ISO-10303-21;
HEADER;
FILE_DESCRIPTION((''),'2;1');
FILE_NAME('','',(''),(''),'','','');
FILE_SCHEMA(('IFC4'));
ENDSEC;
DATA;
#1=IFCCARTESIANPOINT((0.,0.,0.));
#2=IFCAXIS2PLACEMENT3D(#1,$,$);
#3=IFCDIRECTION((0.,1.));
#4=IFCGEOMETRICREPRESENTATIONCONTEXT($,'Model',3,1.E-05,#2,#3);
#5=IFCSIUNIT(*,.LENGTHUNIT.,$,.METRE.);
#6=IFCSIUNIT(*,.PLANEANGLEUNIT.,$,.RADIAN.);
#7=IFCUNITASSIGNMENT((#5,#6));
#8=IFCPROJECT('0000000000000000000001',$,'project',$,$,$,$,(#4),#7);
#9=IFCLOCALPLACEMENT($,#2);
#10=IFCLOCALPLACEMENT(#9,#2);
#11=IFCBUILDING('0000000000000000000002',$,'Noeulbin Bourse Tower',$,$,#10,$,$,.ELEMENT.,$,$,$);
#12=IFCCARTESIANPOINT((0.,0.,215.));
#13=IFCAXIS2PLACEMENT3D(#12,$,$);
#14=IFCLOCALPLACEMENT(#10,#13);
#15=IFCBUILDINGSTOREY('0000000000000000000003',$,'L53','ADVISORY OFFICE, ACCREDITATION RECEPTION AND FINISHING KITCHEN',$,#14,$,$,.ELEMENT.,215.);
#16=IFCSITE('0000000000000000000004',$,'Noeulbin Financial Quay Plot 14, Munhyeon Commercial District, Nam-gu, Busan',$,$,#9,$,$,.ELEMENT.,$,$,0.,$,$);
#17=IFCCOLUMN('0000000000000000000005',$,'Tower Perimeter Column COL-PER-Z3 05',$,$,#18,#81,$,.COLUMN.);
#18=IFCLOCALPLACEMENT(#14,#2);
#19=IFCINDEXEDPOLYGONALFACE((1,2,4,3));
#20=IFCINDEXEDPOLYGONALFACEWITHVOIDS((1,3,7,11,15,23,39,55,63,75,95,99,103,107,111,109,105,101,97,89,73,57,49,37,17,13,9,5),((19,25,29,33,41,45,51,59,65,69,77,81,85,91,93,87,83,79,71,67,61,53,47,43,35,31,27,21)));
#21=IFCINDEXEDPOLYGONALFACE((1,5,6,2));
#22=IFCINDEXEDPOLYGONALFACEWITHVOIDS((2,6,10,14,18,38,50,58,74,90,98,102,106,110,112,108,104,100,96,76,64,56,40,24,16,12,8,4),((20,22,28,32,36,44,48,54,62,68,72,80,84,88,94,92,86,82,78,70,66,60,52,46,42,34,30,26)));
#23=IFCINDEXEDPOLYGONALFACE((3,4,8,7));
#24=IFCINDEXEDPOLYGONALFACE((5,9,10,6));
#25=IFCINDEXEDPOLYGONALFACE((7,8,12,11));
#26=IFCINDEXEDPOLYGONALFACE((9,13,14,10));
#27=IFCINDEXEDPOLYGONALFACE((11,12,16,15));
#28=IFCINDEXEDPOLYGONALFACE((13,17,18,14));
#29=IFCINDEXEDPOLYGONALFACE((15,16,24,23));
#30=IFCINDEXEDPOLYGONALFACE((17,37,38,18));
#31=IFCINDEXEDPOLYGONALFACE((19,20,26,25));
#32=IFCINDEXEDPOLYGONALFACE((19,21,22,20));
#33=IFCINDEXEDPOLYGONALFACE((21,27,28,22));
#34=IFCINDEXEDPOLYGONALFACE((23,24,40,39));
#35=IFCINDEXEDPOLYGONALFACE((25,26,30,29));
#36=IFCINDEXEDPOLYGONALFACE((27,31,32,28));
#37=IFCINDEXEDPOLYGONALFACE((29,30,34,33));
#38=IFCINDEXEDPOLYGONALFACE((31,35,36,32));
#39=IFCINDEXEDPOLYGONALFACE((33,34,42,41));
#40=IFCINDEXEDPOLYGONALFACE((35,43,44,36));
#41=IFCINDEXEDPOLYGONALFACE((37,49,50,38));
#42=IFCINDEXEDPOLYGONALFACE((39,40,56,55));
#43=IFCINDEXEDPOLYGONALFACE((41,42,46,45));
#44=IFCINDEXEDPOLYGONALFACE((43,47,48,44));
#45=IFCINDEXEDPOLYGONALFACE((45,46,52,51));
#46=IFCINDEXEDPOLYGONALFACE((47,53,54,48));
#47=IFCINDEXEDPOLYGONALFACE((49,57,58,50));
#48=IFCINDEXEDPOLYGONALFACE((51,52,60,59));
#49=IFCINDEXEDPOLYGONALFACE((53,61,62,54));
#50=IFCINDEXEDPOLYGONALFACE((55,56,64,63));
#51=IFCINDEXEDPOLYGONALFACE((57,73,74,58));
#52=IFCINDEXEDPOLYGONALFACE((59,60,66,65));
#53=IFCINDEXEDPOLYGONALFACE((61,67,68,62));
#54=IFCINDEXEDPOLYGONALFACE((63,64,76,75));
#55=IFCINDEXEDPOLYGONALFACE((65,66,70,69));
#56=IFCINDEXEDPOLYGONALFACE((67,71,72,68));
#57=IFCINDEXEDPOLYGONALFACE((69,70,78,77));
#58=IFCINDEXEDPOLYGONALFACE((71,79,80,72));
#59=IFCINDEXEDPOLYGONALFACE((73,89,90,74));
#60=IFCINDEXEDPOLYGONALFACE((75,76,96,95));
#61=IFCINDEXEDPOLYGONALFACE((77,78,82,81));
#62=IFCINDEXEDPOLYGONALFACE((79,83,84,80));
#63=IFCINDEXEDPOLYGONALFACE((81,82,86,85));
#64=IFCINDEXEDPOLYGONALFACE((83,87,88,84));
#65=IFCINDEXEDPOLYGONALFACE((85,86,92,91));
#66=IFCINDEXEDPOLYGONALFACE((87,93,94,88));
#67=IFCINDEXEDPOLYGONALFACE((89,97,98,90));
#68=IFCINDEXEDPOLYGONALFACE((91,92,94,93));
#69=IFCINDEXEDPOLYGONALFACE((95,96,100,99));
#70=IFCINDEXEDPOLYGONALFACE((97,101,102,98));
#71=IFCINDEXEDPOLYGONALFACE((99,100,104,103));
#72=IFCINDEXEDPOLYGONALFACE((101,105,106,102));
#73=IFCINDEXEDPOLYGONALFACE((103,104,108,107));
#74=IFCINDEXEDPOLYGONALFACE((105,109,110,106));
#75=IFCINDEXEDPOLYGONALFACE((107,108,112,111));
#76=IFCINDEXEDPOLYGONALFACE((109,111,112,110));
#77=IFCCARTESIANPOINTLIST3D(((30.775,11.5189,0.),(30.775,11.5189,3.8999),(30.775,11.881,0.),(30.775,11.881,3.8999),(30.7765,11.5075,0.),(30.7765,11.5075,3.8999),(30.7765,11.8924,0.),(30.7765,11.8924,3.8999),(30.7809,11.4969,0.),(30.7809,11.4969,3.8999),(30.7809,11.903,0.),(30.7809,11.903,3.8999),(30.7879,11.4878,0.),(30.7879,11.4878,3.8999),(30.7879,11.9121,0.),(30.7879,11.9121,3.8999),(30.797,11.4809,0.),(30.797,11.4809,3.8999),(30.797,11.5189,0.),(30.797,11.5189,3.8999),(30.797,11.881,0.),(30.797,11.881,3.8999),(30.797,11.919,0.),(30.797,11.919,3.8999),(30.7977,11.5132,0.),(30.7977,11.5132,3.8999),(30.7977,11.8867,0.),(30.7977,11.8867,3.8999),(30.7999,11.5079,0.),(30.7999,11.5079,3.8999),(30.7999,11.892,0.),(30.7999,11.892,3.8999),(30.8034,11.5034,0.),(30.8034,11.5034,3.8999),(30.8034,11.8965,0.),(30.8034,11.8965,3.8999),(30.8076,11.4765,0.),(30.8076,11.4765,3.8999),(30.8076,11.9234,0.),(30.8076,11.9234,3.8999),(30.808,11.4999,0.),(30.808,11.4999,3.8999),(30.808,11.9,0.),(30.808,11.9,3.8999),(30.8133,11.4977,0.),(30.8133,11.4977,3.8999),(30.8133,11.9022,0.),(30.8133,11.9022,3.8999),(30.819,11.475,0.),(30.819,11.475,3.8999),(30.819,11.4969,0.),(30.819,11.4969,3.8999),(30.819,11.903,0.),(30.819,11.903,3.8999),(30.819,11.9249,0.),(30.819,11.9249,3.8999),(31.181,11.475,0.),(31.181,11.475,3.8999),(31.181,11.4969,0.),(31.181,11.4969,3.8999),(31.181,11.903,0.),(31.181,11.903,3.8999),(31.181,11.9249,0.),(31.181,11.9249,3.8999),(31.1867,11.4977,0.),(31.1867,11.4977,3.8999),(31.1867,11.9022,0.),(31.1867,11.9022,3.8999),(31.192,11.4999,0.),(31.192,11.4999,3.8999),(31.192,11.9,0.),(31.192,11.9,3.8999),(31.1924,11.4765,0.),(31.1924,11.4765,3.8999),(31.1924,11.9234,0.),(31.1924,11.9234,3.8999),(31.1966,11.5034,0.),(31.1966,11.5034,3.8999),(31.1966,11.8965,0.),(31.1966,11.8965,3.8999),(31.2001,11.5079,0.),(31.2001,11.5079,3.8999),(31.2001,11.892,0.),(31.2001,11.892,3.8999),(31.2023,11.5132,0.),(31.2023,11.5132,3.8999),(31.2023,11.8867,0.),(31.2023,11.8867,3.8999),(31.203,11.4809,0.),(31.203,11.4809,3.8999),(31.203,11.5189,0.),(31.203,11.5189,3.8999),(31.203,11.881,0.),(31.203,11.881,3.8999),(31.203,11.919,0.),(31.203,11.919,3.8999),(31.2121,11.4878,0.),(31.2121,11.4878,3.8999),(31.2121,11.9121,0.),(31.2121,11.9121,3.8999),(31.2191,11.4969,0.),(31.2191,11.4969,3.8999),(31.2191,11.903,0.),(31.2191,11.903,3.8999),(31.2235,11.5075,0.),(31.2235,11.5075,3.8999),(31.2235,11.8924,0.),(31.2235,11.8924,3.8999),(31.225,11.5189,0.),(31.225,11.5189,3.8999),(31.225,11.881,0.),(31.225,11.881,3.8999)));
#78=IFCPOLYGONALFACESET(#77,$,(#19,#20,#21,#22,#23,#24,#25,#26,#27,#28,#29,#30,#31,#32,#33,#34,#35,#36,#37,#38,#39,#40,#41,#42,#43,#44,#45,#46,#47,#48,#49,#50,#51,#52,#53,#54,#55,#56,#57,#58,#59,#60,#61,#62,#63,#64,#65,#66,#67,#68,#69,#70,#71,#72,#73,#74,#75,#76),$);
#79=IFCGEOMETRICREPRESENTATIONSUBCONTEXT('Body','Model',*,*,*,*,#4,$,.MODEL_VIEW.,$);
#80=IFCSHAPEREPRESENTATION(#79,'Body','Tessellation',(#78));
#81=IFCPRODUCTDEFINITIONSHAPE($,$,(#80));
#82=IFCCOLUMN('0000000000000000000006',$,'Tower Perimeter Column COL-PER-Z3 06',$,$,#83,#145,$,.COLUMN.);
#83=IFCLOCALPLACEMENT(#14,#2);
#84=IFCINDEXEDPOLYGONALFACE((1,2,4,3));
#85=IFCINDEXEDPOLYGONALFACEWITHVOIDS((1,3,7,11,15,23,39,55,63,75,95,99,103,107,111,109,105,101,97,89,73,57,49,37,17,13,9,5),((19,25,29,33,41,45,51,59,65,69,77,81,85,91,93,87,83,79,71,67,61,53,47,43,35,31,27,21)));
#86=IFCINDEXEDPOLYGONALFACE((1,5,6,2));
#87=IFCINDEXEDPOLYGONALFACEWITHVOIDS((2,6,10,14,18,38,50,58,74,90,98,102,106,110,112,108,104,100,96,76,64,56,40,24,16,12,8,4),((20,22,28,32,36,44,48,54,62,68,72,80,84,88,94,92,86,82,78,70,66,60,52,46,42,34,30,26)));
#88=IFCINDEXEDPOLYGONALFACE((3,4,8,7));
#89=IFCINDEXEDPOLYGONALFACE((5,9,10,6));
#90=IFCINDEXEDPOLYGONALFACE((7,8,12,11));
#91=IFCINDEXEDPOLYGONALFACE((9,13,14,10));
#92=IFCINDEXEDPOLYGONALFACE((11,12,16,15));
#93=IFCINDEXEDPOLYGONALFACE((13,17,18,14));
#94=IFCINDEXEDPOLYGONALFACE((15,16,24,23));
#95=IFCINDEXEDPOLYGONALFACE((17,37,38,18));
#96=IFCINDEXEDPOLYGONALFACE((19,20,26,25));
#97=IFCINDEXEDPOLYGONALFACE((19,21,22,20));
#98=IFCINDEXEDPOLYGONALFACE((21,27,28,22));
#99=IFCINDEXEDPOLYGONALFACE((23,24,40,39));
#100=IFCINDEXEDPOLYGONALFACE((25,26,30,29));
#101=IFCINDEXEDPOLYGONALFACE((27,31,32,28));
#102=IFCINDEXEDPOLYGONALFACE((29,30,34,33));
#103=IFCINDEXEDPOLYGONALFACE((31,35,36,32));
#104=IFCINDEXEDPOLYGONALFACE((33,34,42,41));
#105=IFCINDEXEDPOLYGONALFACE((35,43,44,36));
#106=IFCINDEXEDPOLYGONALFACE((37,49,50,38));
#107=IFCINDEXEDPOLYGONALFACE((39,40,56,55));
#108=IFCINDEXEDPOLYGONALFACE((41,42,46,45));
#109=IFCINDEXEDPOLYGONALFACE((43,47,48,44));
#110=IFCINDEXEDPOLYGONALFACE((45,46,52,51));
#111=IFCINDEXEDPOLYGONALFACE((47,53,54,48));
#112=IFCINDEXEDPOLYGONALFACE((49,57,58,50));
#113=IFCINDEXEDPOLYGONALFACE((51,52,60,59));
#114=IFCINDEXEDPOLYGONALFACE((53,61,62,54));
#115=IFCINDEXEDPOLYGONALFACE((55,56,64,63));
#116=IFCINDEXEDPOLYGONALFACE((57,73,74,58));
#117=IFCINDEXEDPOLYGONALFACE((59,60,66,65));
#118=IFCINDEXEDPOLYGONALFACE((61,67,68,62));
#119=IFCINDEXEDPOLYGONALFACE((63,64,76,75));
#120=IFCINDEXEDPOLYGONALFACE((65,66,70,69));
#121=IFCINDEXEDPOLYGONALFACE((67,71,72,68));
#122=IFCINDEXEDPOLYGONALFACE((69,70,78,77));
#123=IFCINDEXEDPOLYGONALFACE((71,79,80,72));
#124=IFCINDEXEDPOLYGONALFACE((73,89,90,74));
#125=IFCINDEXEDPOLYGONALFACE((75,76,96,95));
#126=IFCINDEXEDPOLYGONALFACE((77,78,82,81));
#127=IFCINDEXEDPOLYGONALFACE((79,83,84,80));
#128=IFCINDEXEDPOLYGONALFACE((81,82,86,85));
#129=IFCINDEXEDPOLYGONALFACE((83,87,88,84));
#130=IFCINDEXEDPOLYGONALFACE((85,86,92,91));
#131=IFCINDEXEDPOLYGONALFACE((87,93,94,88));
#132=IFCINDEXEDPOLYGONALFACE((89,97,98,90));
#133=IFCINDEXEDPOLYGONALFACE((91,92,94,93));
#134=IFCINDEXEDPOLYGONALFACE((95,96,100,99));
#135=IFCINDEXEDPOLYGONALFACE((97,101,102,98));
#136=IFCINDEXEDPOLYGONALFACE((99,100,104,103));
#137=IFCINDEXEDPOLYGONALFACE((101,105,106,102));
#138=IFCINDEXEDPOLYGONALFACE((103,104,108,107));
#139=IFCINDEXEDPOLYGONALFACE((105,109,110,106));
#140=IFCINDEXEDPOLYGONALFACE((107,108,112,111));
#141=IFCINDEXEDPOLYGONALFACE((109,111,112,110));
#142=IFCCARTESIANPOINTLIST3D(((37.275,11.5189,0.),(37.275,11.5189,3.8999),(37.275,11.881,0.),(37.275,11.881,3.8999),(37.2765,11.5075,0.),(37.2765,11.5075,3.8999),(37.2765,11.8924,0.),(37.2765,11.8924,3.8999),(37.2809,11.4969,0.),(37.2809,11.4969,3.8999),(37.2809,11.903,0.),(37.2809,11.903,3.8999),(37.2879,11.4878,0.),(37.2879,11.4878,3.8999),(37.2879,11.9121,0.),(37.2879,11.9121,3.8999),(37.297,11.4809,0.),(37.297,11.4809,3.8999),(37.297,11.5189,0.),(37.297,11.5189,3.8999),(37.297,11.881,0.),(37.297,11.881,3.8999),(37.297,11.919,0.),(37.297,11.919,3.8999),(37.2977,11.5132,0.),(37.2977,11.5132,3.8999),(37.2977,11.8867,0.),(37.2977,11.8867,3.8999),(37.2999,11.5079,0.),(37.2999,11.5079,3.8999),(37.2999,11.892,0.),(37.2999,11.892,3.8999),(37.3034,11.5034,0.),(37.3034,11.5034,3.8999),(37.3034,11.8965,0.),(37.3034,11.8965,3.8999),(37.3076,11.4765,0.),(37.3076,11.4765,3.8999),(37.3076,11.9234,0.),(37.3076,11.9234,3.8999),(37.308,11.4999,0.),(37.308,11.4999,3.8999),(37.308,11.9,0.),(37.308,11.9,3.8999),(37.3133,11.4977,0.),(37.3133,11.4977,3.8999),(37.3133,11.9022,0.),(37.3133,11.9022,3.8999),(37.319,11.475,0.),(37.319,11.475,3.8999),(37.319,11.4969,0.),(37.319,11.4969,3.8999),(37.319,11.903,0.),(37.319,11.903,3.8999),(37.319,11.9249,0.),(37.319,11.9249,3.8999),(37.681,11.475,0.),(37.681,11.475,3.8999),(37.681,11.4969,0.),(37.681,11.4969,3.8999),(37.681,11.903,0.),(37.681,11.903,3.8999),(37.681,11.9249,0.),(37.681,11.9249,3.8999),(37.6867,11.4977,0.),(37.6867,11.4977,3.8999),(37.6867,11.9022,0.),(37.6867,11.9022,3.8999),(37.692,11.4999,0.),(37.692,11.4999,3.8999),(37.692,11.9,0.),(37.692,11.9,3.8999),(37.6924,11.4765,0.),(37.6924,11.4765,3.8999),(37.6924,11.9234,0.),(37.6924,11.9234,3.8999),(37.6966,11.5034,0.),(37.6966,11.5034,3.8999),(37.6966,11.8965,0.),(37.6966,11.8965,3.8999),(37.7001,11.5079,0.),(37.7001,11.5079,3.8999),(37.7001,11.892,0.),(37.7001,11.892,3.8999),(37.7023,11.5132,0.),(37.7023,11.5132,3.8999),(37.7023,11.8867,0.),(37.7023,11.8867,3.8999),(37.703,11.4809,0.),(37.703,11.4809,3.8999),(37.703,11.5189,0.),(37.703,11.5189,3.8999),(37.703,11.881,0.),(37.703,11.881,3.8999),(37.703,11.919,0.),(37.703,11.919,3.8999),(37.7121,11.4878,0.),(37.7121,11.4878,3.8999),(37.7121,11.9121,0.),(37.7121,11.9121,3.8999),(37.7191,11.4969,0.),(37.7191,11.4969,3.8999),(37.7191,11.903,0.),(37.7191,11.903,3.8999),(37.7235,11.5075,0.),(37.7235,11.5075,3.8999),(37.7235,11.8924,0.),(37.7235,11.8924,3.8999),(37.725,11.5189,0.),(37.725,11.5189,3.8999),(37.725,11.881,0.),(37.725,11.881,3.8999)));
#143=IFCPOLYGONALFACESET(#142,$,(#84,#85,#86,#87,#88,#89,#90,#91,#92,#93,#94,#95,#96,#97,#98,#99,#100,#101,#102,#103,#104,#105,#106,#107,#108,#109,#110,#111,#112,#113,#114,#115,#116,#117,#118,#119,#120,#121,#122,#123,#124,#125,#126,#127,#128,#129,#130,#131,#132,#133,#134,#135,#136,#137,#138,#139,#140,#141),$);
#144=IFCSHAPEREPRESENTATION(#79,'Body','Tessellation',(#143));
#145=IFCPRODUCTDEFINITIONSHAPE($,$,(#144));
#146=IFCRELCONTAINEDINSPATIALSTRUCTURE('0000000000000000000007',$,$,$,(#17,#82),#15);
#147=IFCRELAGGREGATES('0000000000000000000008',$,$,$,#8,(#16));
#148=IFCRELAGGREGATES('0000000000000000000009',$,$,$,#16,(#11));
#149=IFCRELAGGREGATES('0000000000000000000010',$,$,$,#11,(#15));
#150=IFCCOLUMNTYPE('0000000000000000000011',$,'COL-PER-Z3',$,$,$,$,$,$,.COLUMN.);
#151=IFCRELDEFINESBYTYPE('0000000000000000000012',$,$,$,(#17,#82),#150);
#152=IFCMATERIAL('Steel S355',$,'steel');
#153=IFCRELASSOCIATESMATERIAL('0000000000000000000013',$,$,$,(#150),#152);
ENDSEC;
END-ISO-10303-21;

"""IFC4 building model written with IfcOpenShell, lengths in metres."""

from ifc_helpers import new_model, si_unit, direction, frame, origin, origin_2d, place, context, subcontext, project, spatial, hollow_rectangle, extrude, material, material_profile, profile_set, type_object, element, save


model = new_model("IFC4")

# Units and contexts
model_context = context("Model", 3, precision=1e-05, world=origin(), true_north=direction((0.0, 1.0)))
body_context = subcontext(model_context, "Body", "Model", "MODEL_VIEW")
ifc_project = project(units=[si_unit("LENGTHUNIT", "METRE"), si_unit("PLANEANGLEUNIT", "RADIAN")], contexts=[model_context])

# Site, building, storey
site_placement = place(None, origin())
site = spatial("IfcSite", under=ifc_project, at=site_placement, Name="Noeulbin Financial Quay Plot 14, Munhyeon Commercial District, Nam-gu, Busan", CompositionType="ELEMENT", RefElevation=0.0)
building_placement = place(site_placement, origin())
building = spatial("IfcBuilding", under=site, at=building_placement, Name="Noeulbin Bourse Tower", CompositionType="ELEMENT")
storey_placement = place(building_placement, frame((0.0, 0.0, 215.0)))
storey = spatial("IfcBuildingStorey", under=building, at=storey_placement, Name="L53", Description="ADVISORY OFFICE, ACCREDITATION RECEPTION AND FINISHING KITCHEN", CompositionType="ELEMENT", Elevation=215.0)

# Columns
ifc_material_1 = material(Name="Steel S355", Category="steel")
ifc_material_profile_1 = material_profile(ifc_material_1, hollow_rectangle(XDim=0.45, YDim=0.45, WallThickness=0.022, InnerFilletRadius=0.022, OuterFilletRadius=0.0439, at=origin_2d()), Name="SHS-450x450x22", Category="LoadBearing")
ifc_profile_set_1 = profile_set([ifc_material_profile_1], Name="Steel S355")
column_type_1 = type_object("IfcColumnType", Name="COL-PER-Z3", PredefinedType="COLUMN", material=ifc_profile_set_1)
for number, where, z_axis, x_axis, name in (
    (1, (31.0, 11.7, 0.0), (0.0, 0.0, 1.0), (1.0, 0.0, 0.0), "Tower Perimeter Column COL-PER-Z3 05"),
    (2, (37.5, 11.7, 0.0), (0.0, 0.0, 1.0), (1.0, 0.0, 0.0), "Tower Perimeter Column COL-PER-Z3 06"),
):
    element("IfcColumn", number, at=place(storey_placement, frame(where, z_axis=z_axis, x_axis=x_axis)), inside=storey, type_object=column_type_1, Name=name, PredefinedType="COLUMN", context=body_context, shape_type="SweptSolid", body=[
        extrude(hollow_rectangle(XDim=0.45, YDim=0.45, WallThickness=0.022, InnerFilletRadius=0.022, OuterFilletRadius=0.0439, at=origin_2d()), origin(), (0.0, 0.0, 1.0), 3.8999),
    ])

save(model, "model.ifc")
